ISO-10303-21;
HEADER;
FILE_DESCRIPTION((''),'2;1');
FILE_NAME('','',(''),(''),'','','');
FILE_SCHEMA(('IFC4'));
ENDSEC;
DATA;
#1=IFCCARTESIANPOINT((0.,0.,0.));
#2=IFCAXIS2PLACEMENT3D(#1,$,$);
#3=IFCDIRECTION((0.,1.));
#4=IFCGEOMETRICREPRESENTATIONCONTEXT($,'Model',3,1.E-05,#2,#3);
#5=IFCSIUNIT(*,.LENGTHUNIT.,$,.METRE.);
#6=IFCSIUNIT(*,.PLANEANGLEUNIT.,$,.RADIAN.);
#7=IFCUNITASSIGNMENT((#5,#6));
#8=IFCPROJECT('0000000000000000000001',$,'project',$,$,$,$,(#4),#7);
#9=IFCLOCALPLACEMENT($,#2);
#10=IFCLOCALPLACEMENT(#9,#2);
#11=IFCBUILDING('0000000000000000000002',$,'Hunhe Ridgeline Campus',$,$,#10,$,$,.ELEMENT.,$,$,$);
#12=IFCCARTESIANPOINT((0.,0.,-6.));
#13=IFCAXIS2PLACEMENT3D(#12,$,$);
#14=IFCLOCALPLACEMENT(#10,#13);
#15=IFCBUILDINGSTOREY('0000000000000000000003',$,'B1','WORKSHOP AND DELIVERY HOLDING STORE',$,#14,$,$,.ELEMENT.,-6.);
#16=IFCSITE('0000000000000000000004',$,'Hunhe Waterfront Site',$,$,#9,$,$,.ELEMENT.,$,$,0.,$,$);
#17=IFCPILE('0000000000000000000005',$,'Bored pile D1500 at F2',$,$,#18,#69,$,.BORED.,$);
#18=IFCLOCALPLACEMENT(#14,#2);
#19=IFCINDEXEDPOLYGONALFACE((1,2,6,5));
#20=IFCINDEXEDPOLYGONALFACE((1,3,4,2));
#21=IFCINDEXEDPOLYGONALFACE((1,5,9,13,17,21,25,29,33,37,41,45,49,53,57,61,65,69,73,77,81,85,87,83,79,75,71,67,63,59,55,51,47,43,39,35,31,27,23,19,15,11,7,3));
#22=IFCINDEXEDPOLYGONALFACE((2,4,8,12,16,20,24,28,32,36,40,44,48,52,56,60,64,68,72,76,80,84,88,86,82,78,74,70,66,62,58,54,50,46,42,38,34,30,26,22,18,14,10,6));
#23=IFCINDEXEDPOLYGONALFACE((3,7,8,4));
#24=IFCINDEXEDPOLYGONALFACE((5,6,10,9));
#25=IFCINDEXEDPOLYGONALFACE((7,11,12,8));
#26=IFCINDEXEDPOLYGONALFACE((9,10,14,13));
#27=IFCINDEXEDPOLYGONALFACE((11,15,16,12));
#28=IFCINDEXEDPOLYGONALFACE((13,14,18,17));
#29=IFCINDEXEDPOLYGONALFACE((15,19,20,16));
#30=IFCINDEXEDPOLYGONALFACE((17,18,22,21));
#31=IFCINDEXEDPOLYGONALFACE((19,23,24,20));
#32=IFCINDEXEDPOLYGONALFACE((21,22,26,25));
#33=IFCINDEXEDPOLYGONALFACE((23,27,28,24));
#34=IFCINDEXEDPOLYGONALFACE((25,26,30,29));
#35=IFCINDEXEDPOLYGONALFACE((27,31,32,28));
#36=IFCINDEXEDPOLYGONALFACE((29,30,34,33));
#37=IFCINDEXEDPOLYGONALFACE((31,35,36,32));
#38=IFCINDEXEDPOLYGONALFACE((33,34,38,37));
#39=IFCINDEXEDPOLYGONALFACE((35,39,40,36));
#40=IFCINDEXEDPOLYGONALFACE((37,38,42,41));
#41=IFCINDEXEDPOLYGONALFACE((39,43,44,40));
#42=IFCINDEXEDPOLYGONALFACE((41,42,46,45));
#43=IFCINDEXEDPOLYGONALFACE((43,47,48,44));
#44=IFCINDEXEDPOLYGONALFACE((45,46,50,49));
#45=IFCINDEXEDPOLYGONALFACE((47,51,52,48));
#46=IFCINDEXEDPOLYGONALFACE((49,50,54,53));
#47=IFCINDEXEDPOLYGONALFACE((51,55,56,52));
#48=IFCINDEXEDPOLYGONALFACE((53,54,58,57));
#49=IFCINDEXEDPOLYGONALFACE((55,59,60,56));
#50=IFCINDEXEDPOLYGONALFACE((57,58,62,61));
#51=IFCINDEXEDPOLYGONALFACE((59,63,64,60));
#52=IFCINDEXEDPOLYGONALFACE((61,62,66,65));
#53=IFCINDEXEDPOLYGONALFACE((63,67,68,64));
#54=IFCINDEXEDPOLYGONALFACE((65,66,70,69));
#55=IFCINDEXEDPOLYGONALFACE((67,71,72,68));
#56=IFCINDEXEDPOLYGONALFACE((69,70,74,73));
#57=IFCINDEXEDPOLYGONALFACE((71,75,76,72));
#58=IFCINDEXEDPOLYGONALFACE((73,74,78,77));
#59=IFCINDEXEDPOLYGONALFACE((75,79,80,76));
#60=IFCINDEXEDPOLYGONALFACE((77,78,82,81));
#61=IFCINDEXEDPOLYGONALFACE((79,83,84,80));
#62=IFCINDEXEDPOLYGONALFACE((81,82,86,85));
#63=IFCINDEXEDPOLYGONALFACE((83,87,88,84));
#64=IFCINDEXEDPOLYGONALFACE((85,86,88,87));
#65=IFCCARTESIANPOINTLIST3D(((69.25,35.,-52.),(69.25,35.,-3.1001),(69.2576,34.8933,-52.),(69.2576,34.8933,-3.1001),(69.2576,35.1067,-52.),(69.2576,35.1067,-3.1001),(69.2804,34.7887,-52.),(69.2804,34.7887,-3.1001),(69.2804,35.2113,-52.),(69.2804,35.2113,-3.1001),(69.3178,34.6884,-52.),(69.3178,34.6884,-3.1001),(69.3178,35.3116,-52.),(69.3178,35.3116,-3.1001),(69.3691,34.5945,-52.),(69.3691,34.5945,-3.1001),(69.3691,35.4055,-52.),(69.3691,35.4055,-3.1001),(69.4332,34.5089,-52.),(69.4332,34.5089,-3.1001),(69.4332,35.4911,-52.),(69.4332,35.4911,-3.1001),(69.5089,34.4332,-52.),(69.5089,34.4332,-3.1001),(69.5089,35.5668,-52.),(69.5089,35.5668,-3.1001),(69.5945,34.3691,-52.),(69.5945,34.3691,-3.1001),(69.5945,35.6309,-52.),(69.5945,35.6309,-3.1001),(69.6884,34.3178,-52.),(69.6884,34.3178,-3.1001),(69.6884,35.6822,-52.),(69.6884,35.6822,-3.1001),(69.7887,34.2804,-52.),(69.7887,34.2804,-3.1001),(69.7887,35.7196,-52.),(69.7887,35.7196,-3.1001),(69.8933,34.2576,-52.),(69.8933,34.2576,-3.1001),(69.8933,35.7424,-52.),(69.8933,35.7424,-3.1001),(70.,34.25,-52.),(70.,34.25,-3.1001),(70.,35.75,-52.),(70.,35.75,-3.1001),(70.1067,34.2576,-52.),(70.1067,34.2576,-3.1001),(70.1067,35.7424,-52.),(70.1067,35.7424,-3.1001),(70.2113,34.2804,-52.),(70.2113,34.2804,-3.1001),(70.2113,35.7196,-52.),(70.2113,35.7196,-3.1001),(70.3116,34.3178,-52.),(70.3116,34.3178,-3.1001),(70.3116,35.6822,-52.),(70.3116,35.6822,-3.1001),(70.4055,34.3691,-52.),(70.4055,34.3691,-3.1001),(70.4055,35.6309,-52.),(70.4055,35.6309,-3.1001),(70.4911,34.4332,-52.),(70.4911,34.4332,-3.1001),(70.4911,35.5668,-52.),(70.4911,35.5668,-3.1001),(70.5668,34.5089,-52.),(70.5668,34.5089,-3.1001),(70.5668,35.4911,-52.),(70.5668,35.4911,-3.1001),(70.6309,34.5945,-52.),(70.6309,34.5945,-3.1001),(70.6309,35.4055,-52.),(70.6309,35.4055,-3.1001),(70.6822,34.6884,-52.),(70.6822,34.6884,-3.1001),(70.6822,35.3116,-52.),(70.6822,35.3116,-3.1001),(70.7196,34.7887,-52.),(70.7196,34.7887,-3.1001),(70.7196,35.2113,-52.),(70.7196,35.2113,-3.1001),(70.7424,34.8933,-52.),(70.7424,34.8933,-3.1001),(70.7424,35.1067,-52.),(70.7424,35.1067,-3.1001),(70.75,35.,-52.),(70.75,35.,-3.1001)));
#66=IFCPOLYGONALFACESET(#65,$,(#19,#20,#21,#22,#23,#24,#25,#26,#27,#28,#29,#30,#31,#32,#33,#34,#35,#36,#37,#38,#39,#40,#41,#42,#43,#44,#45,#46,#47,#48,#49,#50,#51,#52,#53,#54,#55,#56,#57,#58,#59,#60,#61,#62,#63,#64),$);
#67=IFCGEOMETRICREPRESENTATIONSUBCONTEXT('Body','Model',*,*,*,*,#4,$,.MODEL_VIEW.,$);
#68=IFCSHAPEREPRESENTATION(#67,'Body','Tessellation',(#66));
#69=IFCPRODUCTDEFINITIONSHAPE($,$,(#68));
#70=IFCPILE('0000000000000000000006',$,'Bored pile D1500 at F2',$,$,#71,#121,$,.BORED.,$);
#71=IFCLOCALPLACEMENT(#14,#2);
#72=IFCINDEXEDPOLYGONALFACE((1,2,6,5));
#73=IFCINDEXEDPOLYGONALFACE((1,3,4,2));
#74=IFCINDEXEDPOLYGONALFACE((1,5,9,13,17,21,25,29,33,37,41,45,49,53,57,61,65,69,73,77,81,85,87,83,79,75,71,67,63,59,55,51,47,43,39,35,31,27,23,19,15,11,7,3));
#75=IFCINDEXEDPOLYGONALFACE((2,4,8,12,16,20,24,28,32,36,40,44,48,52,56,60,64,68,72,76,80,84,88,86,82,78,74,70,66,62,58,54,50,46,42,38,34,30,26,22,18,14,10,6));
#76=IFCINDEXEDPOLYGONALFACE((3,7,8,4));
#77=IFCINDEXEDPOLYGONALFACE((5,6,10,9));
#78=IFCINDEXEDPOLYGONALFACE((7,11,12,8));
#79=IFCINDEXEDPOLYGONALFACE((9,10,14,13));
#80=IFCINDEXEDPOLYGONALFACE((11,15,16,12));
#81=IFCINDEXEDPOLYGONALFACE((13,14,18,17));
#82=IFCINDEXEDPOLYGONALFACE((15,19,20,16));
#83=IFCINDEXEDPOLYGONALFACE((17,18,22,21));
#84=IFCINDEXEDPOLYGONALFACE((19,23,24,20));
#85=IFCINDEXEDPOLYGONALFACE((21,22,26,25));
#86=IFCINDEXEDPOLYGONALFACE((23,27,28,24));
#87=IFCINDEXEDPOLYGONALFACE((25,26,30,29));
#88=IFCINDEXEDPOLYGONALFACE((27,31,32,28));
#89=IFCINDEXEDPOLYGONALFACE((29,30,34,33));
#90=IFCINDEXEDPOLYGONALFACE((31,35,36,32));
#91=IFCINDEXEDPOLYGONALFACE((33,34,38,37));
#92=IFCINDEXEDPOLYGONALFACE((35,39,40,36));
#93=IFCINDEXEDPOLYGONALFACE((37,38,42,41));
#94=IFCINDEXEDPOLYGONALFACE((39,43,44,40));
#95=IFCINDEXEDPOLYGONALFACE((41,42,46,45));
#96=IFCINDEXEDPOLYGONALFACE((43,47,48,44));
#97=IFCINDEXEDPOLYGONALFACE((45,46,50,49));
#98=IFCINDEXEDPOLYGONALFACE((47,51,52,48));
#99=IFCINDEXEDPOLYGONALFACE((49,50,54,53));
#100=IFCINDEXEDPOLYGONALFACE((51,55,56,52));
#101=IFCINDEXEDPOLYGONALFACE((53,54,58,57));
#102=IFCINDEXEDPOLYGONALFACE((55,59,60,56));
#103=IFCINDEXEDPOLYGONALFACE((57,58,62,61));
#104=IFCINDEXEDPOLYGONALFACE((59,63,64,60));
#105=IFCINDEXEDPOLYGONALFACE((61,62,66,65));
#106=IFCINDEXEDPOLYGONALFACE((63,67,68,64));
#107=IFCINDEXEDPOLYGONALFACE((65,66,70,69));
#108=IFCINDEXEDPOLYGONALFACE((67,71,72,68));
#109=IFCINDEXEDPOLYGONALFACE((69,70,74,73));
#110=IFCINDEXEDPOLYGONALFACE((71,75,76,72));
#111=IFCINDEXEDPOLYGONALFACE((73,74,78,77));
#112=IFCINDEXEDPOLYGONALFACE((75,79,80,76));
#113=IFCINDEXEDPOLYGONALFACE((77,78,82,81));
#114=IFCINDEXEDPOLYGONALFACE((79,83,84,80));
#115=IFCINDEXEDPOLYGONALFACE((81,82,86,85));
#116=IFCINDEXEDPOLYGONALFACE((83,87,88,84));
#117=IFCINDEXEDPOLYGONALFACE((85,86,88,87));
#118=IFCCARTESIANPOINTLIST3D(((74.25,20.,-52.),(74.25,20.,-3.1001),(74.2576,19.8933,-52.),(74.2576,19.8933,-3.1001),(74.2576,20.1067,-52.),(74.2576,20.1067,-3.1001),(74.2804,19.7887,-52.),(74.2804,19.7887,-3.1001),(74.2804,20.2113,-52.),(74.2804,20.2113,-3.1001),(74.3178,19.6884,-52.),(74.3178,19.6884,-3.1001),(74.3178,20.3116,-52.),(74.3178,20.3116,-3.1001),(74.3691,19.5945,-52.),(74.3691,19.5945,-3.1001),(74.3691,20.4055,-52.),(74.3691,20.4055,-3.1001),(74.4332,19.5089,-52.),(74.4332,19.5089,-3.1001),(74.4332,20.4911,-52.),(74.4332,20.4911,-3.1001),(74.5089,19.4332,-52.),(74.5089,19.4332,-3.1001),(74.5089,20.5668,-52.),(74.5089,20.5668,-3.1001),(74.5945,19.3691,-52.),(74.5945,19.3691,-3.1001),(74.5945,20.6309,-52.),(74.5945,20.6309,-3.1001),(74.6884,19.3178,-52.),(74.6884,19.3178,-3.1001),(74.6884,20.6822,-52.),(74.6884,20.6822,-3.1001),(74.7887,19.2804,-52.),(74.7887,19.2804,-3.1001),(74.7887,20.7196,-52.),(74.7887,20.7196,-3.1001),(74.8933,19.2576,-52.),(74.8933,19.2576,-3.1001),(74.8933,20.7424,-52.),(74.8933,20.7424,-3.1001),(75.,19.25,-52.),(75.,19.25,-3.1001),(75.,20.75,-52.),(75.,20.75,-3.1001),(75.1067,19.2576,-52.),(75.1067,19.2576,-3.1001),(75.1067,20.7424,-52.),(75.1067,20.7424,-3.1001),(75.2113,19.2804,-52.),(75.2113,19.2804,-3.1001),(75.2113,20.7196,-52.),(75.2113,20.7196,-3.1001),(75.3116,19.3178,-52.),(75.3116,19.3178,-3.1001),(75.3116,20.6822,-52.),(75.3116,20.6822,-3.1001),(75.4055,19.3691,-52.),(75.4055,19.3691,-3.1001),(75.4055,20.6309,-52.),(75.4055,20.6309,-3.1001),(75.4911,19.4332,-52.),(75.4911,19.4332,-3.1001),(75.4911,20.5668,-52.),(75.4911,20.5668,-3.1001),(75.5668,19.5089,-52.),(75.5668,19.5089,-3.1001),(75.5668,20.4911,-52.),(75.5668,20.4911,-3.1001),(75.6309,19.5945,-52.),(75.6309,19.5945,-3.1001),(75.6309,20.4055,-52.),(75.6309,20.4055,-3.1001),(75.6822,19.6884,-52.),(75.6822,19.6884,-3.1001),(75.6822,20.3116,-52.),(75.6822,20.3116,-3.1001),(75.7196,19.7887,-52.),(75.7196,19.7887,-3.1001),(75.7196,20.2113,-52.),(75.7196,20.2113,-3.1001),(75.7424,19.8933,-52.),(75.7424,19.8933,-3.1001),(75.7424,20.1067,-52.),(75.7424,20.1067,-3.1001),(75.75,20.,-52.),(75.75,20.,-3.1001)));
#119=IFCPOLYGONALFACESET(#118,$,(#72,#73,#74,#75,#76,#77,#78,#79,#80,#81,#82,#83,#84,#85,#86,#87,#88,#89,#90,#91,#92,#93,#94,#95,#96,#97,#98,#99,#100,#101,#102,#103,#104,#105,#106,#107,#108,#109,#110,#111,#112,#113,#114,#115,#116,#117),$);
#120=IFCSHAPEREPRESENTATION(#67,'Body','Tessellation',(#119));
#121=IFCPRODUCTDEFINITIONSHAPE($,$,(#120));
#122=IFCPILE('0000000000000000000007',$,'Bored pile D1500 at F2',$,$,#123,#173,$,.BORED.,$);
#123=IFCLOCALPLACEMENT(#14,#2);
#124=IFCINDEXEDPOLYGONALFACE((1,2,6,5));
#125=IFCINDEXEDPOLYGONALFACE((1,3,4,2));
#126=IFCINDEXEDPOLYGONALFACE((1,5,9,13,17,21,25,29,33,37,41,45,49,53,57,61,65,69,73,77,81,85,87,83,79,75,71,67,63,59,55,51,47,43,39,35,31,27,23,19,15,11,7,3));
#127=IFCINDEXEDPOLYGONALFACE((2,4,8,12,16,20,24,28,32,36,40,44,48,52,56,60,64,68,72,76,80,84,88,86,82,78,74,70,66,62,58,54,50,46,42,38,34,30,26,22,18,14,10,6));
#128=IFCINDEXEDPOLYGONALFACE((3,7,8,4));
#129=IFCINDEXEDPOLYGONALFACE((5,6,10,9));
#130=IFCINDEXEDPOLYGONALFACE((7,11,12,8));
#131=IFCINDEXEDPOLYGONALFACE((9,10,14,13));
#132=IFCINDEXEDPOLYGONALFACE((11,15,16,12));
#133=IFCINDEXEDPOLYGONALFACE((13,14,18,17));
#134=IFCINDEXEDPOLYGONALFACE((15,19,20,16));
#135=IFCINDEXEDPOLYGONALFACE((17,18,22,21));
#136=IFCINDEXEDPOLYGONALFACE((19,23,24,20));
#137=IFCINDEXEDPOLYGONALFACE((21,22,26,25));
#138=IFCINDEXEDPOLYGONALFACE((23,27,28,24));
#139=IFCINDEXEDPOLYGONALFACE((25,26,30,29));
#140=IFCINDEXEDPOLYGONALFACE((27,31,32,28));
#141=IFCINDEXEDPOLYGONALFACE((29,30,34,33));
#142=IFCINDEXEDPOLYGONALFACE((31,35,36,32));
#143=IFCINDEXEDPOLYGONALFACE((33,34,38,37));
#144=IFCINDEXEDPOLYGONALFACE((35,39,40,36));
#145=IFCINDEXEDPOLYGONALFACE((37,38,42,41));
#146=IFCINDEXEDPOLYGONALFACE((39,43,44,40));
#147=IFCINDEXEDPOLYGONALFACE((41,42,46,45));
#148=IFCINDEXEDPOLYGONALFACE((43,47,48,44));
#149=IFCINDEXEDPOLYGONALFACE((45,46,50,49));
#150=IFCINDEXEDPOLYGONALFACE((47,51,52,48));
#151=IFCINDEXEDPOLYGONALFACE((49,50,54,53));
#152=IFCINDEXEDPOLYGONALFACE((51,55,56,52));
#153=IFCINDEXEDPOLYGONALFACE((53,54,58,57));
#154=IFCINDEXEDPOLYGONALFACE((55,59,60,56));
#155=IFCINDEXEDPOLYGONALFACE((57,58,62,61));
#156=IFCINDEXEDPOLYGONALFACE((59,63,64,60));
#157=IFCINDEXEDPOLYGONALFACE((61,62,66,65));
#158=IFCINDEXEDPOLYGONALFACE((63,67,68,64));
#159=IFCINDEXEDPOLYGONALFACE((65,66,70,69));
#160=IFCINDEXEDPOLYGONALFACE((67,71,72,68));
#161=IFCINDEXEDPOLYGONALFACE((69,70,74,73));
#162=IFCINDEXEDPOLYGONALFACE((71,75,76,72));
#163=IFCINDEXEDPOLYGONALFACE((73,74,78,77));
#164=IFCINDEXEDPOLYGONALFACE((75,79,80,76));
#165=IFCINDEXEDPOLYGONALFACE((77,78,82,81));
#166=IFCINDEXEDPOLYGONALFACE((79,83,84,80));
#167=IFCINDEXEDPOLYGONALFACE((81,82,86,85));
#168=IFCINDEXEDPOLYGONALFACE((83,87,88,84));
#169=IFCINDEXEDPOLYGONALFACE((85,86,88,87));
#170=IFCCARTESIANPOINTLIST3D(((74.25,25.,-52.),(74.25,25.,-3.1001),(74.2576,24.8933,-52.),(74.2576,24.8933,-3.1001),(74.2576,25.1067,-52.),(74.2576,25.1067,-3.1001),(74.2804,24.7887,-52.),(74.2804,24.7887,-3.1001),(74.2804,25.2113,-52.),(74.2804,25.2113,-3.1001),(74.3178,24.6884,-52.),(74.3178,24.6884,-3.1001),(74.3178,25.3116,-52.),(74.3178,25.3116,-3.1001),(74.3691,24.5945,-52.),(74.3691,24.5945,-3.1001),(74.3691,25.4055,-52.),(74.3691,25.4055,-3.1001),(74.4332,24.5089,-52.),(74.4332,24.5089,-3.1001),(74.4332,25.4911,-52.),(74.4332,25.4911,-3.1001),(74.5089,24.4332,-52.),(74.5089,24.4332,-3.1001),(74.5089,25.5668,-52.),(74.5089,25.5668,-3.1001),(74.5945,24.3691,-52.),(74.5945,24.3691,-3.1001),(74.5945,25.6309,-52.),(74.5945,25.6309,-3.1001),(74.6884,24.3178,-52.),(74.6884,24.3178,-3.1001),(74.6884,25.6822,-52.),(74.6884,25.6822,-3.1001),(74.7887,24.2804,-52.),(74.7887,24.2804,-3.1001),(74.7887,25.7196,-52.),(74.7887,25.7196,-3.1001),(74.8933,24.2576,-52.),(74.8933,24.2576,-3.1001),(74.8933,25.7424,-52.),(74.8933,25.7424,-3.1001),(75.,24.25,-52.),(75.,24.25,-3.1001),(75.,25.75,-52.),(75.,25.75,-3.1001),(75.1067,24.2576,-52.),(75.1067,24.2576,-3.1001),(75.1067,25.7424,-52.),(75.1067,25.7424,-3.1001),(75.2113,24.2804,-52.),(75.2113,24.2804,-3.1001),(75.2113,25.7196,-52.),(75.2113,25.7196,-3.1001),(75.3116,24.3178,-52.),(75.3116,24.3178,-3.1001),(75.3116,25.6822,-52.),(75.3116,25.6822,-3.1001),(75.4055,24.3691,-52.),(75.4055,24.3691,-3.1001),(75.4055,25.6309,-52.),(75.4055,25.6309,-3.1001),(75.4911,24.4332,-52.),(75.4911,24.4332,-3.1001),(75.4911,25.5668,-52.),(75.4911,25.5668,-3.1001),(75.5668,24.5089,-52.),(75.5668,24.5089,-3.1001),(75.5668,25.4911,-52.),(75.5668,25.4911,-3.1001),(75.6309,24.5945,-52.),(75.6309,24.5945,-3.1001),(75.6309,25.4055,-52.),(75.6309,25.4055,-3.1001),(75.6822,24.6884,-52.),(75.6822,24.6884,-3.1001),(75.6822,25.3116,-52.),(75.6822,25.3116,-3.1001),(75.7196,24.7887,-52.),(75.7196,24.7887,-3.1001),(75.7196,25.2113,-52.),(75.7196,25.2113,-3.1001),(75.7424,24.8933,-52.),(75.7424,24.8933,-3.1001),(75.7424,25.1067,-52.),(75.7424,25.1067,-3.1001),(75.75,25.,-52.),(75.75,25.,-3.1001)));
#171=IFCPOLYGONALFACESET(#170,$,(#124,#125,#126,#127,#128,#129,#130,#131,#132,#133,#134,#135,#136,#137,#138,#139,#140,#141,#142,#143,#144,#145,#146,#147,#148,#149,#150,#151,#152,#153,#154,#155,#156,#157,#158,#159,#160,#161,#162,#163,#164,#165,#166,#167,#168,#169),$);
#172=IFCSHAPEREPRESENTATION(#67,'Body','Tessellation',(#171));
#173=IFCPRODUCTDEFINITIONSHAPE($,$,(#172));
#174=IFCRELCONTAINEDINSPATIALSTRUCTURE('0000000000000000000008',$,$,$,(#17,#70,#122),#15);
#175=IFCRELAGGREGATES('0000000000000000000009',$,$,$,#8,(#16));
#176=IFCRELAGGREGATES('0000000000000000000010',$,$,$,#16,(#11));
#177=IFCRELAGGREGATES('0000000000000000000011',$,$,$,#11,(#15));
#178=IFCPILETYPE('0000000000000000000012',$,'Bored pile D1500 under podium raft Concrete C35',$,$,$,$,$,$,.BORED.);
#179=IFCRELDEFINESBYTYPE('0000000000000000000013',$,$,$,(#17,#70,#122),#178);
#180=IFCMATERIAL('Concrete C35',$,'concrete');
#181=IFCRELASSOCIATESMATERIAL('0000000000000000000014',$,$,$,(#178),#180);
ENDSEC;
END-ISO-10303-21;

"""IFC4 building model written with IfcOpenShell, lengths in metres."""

from ifc_helpers import new_model, si_unit, direction, frame, origin, origin_2d, place, context, subcontext, project, spatial, circle, extrude, material, material_profile, profile_set, type_object, element, save


model = new_model("IFC4")

# Units and contexts
model_context = context("Model", 3, precision=1e-05, world=origin(), true_north=direction((0.0, 1.0)))
body_context = subcontext(model_context, "Body", "Model", "MODEL_VIEW")
ifc_project = project(units=[si_unit("LENGTHUNIT", "METRE"), si_unit("PLANEANGLEUNIT", "RADIAN")], contexts=[model_context])

# Site, building, storey
site_placement = place(None, origin())
site = spatial("IfcSite", under=ifc_project, at=site_placement, Name="Hunhe Waterfront Site", CompositionType="ELEMENT", RefElevation=0.0)
building_placement = place(site_placement, origin())
building = spatial("IfcBuilding", under=site, at=building_placement, Name="Hunhe Ridgeline Campus", CompositionType="ELEMENT")
storey_placement = place(building_placement, frame((0.0, 0.0, -6.0)))
storey = spatial("IfcBuildingStorey", under=building, at=storey_placement, Name="B1", Description="WORKSHOP AND DELIVERY HOLDING STORE", CompositionType="ELEMENT", Elevation=-6.0)

# Piles
ifc_material_1 = material(Name="Concrete C35", Category="concrete")
ifc_material_profile_1 = material_profile(ifc_material_1, circle(Radius=0.75, at=origin_2d()))
ifc_profile_set_1 = profile_set([ifc_material_profile_1], Name="Concrete C35")
pile_type = type_object("IfcPileType", Name="Bored pile D1500 under podium raft Concrete C35", PredefinedType="BORED", material=ifc_profile_set_1)
for number, where, z_axis, x_axis, name in (
    (1, (70.0, 35.0, -3.1001), (0.0, 0.0, -1.0), (1.0, 0.0, 0.0), "Bored pile D1500 at F2"),
    (2, (75.0, 20.0, -3.1001), (0.0, 0.0, -1.0), (1.0, 0.0, 0.0), "Bored pile D1500 at F2"),
    (3, (75.0, 25.0, -3.1001), (0.0, 0.0, -1.0), (1.0, 0.0, 0.0), "Bored pile D1500 at F2"),
):
    element("IfcPile", number, at=place(storey_placement, frame(where, z_axis=z_axis, x_axis=x_axis)), inside=storey, type_object=pile_type, Name=name, PredefinedType="BORED", context=body_context, shape_type="SweptSolid", body=[
        extrude(circle(Radius=0.75, at=origin_2d()), origin(), (0.0, 0.0, 1.0), 48.8999),
    ])

save(model, "model.ifc")
